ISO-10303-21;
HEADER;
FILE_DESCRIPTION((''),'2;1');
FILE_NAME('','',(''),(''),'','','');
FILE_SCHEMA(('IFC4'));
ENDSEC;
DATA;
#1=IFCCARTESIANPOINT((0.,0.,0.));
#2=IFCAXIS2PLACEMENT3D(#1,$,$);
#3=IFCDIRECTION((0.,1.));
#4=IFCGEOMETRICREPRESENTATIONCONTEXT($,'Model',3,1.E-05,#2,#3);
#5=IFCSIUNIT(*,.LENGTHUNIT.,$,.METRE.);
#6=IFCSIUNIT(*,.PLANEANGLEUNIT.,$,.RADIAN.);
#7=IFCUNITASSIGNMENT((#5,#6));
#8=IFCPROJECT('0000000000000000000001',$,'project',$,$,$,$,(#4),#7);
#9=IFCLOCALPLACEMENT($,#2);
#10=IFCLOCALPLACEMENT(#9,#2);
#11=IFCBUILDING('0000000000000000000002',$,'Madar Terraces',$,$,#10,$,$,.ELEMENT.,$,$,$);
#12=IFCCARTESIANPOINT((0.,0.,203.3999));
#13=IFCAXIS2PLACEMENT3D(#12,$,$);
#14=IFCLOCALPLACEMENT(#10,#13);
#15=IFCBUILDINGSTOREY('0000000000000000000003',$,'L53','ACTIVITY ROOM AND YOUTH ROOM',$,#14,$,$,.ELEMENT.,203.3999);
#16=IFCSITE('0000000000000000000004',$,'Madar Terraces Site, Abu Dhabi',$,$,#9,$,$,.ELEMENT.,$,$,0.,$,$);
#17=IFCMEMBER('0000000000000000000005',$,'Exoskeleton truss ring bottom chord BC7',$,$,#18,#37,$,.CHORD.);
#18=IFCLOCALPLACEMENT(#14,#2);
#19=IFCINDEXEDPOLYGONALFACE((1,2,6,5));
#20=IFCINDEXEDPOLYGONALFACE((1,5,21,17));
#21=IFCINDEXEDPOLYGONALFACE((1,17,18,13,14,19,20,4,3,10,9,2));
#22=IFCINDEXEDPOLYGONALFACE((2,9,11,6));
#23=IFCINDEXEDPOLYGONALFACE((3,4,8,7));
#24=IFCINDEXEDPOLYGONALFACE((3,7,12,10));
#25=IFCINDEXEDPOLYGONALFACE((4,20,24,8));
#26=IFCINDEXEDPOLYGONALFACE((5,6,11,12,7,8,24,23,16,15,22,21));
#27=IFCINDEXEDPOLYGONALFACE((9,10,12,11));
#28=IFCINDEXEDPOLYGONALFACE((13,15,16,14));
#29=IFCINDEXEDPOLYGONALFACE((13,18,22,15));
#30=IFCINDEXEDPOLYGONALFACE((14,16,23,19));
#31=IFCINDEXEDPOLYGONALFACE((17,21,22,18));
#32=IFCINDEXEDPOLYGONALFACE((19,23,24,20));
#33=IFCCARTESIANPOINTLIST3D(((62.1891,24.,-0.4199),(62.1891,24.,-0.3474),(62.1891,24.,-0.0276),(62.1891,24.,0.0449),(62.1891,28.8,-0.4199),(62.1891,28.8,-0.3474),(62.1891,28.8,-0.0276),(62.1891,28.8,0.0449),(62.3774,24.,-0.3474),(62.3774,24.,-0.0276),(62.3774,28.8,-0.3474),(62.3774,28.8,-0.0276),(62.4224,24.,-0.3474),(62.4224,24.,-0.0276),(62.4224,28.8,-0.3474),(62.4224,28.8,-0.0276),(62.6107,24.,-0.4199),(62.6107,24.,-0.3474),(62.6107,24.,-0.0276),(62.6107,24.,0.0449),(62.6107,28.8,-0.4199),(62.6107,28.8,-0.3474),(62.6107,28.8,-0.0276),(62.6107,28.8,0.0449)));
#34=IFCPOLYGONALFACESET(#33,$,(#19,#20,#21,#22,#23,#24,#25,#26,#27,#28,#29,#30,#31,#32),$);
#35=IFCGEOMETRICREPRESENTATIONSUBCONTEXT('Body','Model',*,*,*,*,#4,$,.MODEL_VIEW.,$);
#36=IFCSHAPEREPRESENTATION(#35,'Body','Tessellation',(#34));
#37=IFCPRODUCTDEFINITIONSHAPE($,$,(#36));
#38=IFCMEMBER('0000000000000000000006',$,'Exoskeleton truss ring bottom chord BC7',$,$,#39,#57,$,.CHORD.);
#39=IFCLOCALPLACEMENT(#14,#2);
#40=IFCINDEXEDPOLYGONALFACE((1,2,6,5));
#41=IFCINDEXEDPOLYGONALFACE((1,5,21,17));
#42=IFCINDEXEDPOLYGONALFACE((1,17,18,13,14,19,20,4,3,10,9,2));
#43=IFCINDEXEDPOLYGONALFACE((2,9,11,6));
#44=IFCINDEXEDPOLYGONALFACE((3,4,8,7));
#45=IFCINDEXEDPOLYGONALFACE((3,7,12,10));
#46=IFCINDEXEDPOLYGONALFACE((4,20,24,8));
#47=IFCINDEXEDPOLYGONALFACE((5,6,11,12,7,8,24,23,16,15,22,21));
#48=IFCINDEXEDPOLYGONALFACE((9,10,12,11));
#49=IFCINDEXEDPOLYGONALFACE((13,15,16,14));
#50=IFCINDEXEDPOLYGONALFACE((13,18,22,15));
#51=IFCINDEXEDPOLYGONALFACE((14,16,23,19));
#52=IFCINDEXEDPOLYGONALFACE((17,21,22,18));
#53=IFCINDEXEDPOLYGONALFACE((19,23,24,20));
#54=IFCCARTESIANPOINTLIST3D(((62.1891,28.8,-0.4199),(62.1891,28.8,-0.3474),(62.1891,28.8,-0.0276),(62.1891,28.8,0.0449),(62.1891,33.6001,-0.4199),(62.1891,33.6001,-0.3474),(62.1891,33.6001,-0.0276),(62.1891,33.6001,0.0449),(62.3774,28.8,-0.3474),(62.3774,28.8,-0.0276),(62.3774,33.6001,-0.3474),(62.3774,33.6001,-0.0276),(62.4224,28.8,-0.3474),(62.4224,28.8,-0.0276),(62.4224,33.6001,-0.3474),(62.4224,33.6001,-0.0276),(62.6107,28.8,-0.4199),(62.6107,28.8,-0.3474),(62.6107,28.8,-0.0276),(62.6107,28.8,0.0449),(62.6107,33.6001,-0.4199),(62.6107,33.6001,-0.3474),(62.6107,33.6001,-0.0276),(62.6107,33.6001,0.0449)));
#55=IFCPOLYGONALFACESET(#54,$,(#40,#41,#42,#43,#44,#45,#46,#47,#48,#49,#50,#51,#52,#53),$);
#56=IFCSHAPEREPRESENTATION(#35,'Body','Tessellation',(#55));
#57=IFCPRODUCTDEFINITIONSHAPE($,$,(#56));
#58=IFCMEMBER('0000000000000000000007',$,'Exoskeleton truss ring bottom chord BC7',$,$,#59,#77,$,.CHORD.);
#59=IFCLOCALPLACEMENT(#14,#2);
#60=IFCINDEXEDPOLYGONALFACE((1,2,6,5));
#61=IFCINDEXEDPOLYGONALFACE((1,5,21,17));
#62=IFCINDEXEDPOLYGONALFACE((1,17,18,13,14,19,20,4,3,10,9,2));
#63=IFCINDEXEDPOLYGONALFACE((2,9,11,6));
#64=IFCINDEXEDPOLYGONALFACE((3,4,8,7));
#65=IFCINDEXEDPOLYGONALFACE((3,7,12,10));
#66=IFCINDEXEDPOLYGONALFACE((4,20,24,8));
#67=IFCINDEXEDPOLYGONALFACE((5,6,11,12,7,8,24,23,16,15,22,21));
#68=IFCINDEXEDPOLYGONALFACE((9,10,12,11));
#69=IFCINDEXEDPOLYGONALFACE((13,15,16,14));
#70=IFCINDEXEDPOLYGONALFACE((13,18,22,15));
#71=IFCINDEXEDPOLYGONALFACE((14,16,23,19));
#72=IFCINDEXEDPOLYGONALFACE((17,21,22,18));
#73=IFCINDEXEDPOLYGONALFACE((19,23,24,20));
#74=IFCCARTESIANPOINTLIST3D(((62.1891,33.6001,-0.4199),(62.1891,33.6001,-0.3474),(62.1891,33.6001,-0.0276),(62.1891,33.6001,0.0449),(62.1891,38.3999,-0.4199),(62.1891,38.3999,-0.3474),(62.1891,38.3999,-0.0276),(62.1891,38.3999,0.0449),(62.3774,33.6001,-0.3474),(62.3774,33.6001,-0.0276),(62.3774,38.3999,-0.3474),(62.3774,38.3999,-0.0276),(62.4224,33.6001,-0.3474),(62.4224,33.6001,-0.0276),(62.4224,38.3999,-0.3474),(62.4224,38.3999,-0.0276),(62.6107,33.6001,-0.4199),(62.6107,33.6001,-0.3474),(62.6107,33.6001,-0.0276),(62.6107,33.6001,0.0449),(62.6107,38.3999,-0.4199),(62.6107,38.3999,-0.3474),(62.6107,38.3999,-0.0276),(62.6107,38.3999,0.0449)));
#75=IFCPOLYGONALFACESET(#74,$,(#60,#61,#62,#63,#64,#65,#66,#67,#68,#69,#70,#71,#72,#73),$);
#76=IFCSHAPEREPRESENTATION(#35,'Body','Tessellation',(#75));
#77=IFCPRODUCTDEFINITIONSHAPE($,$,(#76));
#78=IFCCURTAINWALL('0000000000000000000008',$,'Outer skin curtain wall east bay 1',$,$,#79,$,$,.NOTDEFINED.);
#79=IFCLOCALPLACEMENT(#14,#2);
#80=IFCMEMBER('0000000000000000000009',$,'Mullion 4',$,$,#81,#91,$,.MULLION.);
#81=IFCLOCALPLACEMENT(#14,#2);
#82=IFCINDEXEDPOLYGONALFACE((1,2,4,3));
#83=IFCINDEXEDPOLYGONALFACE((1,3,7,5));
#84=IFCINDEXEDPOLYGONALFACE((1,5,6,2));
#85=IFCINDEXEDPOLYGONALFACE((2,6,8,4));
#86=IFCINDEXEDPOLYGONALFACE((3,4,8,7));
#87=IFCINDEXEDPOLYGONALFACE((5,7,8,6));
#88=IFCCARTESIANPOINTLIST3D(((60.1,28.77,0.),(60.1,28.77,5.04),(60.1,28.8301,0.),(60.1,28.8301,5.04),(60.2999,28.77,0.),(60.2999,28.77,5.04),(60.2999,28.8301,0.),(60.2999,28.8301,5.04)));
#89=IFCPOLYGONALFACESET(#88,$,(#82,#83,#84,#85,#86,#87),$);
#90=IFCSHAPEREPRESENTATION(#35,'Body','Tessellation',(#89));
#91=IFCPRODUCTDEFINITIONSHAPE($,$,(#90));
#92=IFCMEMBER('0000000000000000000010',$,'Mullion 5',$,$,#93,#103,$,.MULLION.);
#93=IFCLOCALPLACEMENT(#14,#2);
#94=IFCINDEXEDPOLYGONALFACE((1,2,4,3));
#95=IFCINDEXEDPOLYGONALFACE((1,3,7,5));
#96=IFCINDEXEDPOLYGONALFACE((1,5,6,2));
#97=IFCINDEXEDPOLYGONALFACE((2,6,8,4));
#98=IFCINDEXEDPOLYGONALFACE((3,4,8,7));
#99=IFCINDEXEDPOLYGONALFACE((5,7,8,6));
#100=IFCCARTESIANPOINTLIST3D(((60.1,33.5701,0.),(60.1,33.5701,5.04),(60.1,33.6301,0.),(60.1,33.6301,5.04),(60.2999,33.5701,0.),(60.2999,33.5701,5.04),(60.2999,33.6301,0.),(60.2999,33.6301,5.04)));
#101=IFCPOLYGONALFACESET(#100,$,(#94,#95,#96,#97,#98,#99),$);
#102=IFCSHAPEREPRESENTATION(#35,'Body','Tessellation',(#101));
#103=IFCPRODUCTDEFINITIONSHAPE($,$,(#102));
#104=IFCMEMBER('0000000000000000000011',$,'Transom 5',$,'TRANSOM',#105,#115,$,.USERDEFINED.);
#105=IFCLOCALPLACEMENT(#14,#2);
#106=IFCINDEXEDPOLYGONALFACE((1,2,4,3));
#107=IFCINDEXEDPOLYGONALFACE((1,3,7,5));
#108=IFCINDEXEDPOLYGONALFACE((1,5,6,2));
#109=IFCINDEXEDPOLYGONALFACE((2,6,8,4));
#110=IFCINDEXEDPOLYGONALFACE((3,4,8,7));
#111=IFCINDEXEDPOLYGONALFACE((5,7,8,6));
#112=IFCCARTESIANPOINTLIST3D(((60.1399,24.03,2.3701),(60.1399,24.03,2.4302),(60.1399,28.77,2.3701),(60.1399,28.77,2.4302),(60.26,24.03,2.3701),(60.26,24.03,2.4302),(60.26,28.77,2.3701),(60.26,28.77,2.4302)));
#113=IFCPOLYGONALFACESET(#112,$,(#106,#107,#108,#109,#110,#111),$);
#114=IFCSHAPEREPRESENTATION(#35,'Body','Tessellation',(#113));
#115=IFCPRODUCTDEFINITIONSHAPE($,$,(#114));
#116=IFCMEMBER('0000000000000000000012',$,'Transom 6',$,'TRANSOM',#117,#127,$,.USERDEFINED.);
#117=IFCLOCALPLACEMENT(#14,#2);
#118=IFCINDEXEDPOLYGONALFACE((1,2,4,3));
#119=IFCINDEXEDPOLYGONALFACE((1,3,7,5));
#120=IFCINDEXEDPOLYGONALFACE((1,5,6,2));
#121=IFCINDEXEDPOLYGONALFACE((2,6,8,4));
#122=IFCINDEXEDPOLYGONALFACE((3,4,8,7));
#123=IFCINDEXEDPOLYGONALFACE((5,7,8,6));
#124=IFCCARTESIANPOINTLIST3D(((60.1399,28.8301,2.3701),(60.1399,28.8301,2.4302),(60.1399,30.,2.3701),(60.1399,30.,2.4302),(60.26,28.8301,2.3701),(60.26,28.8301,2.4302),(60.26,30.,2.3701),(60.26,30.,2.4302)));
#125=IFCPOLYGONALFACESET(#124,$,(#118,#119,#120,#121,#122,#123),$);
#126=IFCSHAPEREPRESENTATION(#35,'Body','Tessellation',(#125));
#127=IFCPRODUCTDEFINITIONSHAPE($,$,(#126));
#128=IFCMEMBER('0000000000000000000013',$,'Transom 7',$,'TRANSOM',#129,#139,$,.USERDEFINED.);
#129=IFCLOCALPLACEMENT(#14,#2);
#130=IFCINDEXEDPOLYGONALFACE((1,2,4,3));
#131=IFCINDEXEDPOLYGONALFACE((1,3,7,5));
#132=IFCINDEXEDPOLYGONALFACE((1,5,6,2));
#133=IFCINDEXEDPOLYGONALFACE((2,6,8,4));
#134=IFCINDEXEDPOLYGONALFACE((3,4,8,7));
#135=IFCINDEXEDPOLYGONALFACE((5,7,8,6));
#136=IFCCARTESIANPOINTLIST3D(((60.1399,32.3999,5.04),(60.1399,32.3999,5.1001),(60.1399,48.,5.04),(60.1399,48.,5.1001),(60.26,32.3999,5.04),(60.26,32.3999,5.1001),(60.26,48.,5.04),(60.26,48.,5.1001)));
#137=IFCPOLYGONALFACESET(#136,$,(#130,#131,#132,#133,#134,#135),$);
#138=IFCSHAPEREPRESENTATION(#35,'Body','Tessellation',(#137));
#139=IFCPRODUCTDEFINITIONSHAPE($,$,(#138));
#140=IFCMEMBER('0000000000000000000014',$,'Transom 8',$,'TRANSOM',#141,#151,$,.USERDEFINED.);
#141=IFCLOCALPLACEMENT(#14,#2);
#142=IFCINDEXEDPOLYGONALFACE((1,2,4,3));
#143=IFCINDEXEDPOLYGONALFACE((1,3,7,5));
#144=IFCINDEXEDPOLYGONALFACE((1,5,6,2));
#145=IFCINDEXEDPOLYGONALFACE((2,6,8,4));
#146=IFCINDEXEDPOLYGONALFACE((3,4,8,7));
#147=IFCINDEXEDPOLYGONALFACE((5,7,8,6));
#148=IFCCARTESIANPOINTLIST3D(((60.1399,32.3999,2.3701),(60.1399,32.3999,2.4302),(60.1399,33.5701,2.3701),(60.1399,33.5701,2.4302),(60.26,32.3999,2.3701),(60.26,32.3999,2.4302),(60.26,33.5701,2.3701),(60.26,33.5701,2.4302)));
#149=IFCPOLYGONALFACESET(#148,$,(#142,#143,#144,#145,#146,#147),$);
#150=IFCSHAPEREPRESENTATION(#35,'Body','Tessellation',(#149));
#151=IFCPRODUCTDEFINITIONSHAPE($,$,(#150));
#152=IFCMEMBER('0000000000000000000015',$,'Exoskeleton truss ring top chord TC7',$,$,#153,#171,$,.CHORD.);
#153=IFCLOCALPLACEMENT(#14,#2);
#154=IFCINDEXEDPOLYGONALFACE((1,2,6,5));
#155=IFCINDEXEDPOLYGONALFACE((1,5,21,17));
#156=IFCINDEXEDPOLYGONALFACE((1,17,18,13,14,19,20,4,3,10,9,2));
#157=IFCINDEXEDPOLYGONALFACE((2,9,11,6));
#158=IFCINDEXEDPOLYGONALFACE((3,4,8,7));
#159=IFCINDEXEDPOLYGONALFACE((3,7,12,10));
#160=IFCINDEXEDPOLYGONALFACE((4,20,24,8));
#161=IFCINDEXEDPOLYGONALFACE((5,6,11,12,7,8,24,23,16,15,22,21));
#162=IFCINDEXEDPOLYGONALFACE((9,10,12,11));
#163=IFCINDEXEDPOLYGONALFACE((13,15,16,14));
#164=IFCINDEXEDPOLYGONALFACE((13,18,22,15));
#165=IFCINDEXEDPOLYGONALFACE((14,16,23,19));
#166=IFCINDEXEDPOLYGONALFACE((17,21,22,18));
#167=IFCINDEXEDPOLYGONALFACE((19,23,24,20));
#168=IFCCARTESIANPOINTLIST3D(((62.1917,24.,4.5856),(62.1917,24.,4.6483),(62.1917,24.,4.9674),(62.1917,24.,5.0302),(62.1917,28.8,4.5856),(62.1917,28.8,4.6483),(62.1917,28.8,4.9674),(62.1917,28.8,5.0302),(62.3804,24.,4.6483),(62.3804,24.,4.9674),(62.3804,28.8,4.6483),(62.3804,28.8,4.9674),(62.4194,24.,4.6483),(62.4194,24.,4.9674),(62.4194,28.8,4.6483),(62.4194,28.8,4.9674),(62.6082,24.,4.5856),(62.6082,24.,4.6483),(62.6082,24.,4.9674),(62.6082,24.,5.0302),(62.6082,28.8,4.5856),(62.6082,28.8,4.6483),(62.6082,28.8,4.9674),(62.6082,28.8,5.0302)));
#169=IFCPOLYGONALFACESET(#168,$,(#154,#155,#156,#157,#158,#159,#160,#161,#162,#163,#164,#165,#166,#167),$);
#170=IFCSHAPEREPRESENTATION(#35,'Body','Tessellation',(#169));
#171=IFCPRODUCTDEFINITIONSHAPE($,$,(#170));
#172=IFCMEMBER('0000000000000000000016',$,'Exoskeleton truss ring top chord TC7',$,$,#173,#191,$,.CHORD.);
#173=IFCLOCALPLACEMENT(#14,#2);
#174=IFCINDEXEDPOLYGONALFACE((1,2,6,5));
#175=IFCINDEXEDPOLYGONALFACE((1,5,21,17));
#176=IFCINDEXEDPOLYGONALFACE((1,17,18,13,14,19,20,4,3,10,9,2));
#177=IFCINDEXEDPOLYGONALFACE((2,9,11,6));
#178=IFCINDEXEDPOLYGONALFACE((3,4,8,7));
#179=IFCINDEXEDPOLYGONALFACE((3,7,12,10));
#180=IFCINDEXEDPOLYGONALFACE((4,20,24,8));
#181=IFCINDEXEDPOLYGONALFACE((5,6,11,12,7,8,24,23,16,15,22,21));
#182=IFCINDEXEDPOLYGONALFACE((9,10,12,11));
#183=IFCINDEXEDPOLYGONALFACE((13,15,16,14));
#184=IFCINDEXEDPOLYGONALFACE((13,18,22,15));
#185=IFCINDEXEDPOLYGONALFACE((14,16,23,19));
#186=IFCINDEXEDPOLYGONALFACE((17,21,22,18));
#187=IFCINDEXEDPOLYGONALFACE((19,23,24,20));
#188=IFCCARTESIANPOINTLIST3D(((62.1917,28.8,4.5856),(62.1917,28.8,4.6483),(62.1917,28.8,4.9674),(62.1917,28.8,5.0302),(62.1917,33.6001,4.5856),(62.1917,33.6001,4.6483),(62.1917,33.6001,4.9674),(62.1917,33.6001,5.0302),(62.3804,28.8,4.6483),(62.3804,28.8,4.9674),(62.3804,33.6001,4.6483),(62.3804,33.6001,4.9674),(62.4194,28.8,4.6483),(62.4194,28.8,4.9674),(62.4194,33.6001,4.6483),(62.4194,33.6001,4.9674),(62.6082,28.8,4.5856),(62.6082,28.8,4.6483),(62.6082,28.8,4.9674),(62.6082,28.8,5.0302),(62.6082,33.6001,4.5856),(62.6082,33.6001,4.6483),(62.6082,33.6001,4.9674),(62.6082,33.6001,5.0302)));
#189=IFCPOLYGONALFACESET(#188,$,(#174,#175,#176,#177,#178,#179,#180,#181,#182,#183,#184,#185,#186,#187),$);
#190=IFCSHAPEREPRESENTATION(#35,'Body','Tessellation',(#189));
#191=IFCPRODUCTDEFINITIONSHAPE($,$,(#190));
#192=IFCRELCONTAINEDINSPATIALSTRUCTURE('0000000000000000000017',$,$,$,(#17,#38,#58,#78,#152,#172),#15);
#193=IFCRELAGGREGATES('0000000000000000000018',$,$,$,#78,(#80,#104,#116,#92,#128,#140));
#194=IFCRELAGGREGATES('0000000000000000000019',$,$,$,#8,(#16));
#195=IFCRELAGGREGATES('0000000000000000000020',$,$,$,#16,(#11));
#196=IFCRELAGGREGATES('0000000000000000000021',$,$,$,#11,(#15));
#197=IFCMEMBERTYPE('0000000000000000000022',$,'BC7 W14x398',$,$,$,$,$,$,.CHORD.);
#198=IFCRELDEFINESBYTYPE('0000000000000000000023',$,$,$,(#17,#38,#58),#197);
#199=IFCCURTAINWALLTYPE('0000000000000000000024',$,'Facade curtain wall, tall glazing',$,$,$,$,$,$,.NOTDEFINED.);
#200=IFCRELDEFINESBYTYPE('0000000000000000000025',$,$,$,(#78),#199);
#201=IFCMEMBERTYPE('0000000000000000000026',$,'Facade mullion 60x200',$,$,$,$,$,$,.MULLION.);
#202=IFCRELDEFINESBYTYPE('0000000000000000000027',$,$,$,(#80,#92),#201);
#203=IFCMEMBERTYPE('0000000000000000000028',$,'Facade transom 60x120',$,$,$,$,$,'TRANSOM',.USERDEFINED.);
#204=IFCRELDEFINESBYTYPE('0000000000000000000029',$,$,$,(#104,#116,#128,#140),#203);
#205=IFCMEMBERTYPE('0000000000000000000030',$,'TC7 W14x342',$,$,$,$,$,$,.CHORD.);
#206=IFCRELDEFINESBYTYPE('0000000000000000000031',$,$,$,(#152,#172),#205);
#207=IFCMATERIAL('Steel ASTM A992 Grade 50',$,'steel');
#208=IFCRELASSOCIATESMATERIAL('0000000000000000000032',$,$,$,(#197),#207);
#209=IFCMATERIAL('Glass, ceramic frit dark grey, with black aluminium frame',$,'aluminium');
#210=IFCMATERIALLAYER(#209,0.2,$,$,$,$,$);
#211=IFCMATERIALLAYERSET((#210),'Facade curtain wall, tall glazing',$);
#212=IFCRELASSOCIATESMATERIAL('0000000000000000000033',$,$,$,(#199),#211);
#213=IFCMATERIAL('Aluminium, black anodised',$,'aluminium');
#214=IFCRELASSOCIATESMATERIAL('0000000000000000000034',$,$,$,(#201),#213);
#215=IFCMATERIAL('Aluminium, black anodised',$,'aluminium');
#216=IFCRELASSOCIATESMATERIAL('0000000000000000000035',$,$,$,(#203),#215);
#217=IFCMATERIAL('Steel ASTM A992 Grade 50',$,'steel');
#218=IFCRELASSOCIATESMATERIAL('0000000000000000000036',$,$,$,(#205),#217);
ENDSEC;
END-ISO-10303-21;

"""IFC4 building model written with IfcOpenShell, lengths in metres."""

from ifc_helpers import new_model, si_unit, direction, frame, origin, origin_2d, place, context, subcontext, project, spatial, rectangle, i_section, extrude, material, layer, layer_set, material_profile, profile_set, type_object, element, aggregate, save


model = new_model("IFC4")

# Units and contexts
model_context = context("Model", 3, precision=1e-05, world=origin(), true_north=direction((0.0, 1.0)))
body_context = subcontext(model_context, "Body", "Model", "MODEL_VIEW")
ifc_project = project(units=[si_unit("LENGTHUNIT", "METRE"), si_unit("PLANEANGLEUNIT", "RADIAN")], contexts=[model_context])

# Site, building, storey
site_placement = place(None, origin())
site = spatial("IfcSite", under=ifc_project, at=site_placement, Name="Madar Terraces Site, Abu Dhabi", CompositionType="ELEMENT", RefElevation=0.0)
building_placement = place(site_placement, origin())
building = spatial("IfcBuilding", under=site, at=building_placement, Name="Madar Terraces", CompositionType="ELEMENT")
storey_placement = place(building_placement, frame((0.0, 0.0, 203.3999)))
storey = spatial("IfcBuildingStorey", under=building, at=storey_placement, Name="L53", Description="ACTIVITY ROOM AND YOUTH ROOM", CompositionType="ELEMENT", Elevation=203.3999)

# Members
ifc_material_1 = material(Name="Steel ASTM A992 Grade 50", Category="steel")
ifc_material_profile_1 = material_profile(ifc_material_1, i_section(OverallWidth=0.4216, OverallDepth=0.4648, WebThickness=0.0449, FlangeThickness=0.0725, at=origin_2d()), Name="W14x398")
ifc_profile_set_1 = profile_set([ifc_material_profile_1], Name="Steel ASTM A992 Grade 50")
member_type_1 = type_object("IfcMemberType", Name="BC7 W14x398", PredefinedType="CHORD", material=ifc_profile_set_1)
for number, where, z_axis, x_axis, name in (
    (1, (62.3999, 24.0, -0.1875), (0.0, 1.0, 0.0), (-1.0, 0.0, 0.0), "Exoskeleton truss ring bottom chord BC7"),
    (2, (62.3999, 28.8, -0.1875), (0.0, 1.0, 0.0), (-1.0, 0.0, 0.0), "Exoskeleton truss ring bottom chord BC7"),
):
    element("IfcMember", number, at=place(storey_placement, frame(where, z_axis=z_axis, x_axis=x_axis)), inside=storey, type_object=member_type_1, Name=name, PredefinedType="CHORD", context=body_context, shape_type="SweptSolid", body=[
        extrude(i_section(OverallWidth=0.4216, OverallDepth=0.4648, WebThickness=0.0449, FlangeThickness=0.0725, at=origin_2d()), origin(), (0.0, 0.0, 1.0), 4.8),
    ])
member_1_placement = place(storey_placement, frame((62.3999, 33.6001, -0.1875), z_axis=(0.0, 1.0, 0.0), x_axis=(-1.0, 0.0, 0.0)))
element("IfcMember", 3, at=member_1_placement, inside=storey, type_object=member_type_1, Name="Exoskeleton truss ring bottom chord BC7", PredefinedType="CHORD", context=body_context, shape_type="SweptSolid", body=[
    extrude(i_section(OverallWidth=0.4216, OverallDepth=0.4648, WebThickness=0.0449, FlangeThickness=0.0725, at=origin_2d()), origin(), (0.0, 0.0, 1.0), 4.7998),
])

# Curtain wall, members
ifc_material_2 = material(Name="Glass, ceramic frit dark grey, with black aluminium frame", Category="aluminium")
ifc_layer_1 = layer(ifc_material_2, 0.2)
ifc_layer_set_1 = layer_set([ifc_layer_1], Name="Facade curtain wall, tall glazing")
curtain_wall_type = type_object("IfcCurtainWallType", Name="Facade curtain wall, tall glazing", PredefinedType="NOTDEFINED", material=ifc_layer_set_1)
curtain_wall_placement = place(storey_placement, origin())
curtain_wall = element("IfcCurtainWall", 4, at=curtain_wall_placement, inside=storey, type_object=curtain_wall_type, Name="Outer skin curtain wall east bay 1", PredefinedType="NOTDEFINED")
ifc_material_3 = material(Name="Aluminium, black anodised", Category="aluminium")
ifc_material_profile_2 = material_profile(ifc_material_3, rectangle(XDim=0.2, YDim=0.0601, at=origin_2d()), Name="Facade mullion 60x200")
ifc_profile_set_2 = profile_set([ifc_material_profile_2], Name="Aluminium, black anodised")
member_type_2 = type_object("IfcMemberType", Name="Facade mullion 60x200", PredefinedType="MULLION", material=ifc_profile_set_2)
member_2_placement = place(storey_placement, frame((60.2, 28.8, 0.0), z_axis=(0.0, 0.0, 1.0), x_axis=(-1.0, 0.0, 0.0)))
member_2 = element("IfcMember", 5, at=member_2_placement, type_object=member_type_2, Name="Mullion 4", PredefinedType="MULLION", context=body_context, shape_type="SweptSolid", body=[
    extrude(rectangle(XDim=0.2, YDim=0.0601, at=origin_2d()), origin(), (0.0, 0.0, 1.0), 5.04),
])
member_3_placement = place(storey_placement, frame((60.2, 33.6001, 0.0), z_axis=(0.0, 0.0, 1.0), x_axis=(-1.0, 0.0, 0.0)))
member_3 = element("IfcMember", 6, at=member_3_placement, type_object=member_type_2, Name="Mullion 5", PredefinedType="MULLION", context=body_context, shape_type="SweptSolid", body=[
    extrude(rectangle(XDim=0.2, YDim=0.0601, at=origin_2d()), origin(), (0.0, 0.0, 1.0), 5.04),
])
ifc_material_4 = material(Name="Aluminium, black anodised", Category="aluminium")
ifc_material_profile_3 = material_profile(ifc_material_4, rectangle(XDim=0.1201, YDim=0.0601, at=origin_2d()), Name="Facade transom 60x120")
ifc_profile_set_3 = profile_set([ifc_material_profile_3], Name="Aluminium, black anodised")
member_type_3 = type_object("IfcMemberType", Name="Facade transom 60x120", ElementType="TRANSOM", PredefinedType="USERDEFINED", material=ifc_profile_set_3)
member_4_placement = place(storey_placement, frame((60.2, 24.03, 2.4001), z_axis=(0.0, 1.0, 0.0), x_axis=(-1.0, 0.0, 0.0)))
member_4 = element("IfcMember", 7, at=member_4_placement, type_object=member_type_3, Name="Transom 5", ObjectType="TRANSOM", PredefinedType="USERDEFINED", context=body_context, shape_type="SweptSolid", body=[
    extrude(rectangle(XDim=0.1201, YDim=0.0601, at=origin_2d()), origin(), (0.0, 0.0, 1.0), 4.74),
])
member_5_placement = place(storey_placement, frame((60.2, 28.8301, 2.4001), z_axis=(0.0, 1.0, 0.0), x_axis=(-1.0, 0.0, 0.0)))
member_5 = element("IfcMember", 8, at=member_5_placement, type_object=member_type_3, Name="Transom 6", ObjectType="TRANSOM", PredefinedType="USERDEFINED", context=body_context, shape_type="SweptSolid", body=[
    extrude(rectangle(XDim=0.1201, YDim=0.0601, at=origin_2d()), origin(), (0.0, 0.0, 1.0), 1.1699),
])
member_6_placement = place(storey_placement, frame((60.2, 32.3999, 5.0701), z_axis=(0.0, 1.0, 0.0), x_axis=(-1.0, 0.0, 0.0)))
member_6 = element("IfcMember", 9, at=member_6_placement, type_object=member_type_3, Name="Transom 7", ObjectType="TRANSOM", PredefinedType="USERDEFINED", context=body_context, shape_type="SweptSolid", body=[
    extrude(rectangle(XDim=0.1201, YDim=0.0601, at=origin_2d()), origin(), (0.0, 0.0, 1.0), 15.6001),
])
member_7_placement = place(storey_placement, frame((60.2, 32.3999, 2.4001), z_axis=(0.0, 1.0, 0.0), x_axis=(-1.0, 0.0, 0.0)))
member_7 = element("IfcMember", 10, at=member_7_placement, type_object=member_type_3, Name="Transom 8", ObjectType="TRANSOM", PredefinedType="USERDEFINED", context=body_context, shape_type="SweptSolid", body=[
    extrude(rectangle(XDim=0.1201, YDim=0.0601, at=origin_2d()), origin(), (0.0, 0.0, 1.0), 1.1702),
])

# Members
ifc_material_5 = material(Name="Steel ASTM A992 Grade 50", Category="steel")
ifc_material_profile_4 = material_profile(ifc_material_5, i_section(OverallWidth=0.4165, OverallDepth=0.4446, WebThickness=0.0391, FlangeThickness=0.0627, at=origin_2d()), Name="W14x342")
ifc_profile_set_4 = profile_set([ifc_material_profile_4], Name="Steel ASTM A992 Grade 50")
member_type_4 = type_object("IfcMemberType", Name="TC7 W14x342", PredefinedType="CHORD", material=ifc_profile_set_4)
for number, where, z_axis, x_axis, name in (
    (11, (62.3999, 24.0, 4.8079), (0.0, 1.0, 0.0), (-1.0, 0.0, 0.0), "Exoskeleton truss ring top chord TC7"),
    (12, (62.3999, 28.8, 4.8079), (0.0, 1.0, 0.0), (-1.0, 0.0, 0.0), "Exoskeleton truss ring top chord TC7"),
):
    element("IfcMember", number, at=place(storey_placement, frame(where, z_axis=z_axis, x_axis=x_axis)), inside=storey, type_object=member_type_4, Name=name, PredefinedType="CHORD", context=body_context, shape_type="SweptSolid", body=[
        extrude(i_section(OverallWidth=0.4165, OverallDepth=0.4446, WebThickness=0.0391, FlangeThickness=0.0627, at=origin_2d()), origin(), (0.0, 0.0, 1.0), 4.8),
    ])

aggregate(curtain_wall, [member_2, member_4, member_5, member_3, member_6, member_7])

save(model, "model.ifc")
